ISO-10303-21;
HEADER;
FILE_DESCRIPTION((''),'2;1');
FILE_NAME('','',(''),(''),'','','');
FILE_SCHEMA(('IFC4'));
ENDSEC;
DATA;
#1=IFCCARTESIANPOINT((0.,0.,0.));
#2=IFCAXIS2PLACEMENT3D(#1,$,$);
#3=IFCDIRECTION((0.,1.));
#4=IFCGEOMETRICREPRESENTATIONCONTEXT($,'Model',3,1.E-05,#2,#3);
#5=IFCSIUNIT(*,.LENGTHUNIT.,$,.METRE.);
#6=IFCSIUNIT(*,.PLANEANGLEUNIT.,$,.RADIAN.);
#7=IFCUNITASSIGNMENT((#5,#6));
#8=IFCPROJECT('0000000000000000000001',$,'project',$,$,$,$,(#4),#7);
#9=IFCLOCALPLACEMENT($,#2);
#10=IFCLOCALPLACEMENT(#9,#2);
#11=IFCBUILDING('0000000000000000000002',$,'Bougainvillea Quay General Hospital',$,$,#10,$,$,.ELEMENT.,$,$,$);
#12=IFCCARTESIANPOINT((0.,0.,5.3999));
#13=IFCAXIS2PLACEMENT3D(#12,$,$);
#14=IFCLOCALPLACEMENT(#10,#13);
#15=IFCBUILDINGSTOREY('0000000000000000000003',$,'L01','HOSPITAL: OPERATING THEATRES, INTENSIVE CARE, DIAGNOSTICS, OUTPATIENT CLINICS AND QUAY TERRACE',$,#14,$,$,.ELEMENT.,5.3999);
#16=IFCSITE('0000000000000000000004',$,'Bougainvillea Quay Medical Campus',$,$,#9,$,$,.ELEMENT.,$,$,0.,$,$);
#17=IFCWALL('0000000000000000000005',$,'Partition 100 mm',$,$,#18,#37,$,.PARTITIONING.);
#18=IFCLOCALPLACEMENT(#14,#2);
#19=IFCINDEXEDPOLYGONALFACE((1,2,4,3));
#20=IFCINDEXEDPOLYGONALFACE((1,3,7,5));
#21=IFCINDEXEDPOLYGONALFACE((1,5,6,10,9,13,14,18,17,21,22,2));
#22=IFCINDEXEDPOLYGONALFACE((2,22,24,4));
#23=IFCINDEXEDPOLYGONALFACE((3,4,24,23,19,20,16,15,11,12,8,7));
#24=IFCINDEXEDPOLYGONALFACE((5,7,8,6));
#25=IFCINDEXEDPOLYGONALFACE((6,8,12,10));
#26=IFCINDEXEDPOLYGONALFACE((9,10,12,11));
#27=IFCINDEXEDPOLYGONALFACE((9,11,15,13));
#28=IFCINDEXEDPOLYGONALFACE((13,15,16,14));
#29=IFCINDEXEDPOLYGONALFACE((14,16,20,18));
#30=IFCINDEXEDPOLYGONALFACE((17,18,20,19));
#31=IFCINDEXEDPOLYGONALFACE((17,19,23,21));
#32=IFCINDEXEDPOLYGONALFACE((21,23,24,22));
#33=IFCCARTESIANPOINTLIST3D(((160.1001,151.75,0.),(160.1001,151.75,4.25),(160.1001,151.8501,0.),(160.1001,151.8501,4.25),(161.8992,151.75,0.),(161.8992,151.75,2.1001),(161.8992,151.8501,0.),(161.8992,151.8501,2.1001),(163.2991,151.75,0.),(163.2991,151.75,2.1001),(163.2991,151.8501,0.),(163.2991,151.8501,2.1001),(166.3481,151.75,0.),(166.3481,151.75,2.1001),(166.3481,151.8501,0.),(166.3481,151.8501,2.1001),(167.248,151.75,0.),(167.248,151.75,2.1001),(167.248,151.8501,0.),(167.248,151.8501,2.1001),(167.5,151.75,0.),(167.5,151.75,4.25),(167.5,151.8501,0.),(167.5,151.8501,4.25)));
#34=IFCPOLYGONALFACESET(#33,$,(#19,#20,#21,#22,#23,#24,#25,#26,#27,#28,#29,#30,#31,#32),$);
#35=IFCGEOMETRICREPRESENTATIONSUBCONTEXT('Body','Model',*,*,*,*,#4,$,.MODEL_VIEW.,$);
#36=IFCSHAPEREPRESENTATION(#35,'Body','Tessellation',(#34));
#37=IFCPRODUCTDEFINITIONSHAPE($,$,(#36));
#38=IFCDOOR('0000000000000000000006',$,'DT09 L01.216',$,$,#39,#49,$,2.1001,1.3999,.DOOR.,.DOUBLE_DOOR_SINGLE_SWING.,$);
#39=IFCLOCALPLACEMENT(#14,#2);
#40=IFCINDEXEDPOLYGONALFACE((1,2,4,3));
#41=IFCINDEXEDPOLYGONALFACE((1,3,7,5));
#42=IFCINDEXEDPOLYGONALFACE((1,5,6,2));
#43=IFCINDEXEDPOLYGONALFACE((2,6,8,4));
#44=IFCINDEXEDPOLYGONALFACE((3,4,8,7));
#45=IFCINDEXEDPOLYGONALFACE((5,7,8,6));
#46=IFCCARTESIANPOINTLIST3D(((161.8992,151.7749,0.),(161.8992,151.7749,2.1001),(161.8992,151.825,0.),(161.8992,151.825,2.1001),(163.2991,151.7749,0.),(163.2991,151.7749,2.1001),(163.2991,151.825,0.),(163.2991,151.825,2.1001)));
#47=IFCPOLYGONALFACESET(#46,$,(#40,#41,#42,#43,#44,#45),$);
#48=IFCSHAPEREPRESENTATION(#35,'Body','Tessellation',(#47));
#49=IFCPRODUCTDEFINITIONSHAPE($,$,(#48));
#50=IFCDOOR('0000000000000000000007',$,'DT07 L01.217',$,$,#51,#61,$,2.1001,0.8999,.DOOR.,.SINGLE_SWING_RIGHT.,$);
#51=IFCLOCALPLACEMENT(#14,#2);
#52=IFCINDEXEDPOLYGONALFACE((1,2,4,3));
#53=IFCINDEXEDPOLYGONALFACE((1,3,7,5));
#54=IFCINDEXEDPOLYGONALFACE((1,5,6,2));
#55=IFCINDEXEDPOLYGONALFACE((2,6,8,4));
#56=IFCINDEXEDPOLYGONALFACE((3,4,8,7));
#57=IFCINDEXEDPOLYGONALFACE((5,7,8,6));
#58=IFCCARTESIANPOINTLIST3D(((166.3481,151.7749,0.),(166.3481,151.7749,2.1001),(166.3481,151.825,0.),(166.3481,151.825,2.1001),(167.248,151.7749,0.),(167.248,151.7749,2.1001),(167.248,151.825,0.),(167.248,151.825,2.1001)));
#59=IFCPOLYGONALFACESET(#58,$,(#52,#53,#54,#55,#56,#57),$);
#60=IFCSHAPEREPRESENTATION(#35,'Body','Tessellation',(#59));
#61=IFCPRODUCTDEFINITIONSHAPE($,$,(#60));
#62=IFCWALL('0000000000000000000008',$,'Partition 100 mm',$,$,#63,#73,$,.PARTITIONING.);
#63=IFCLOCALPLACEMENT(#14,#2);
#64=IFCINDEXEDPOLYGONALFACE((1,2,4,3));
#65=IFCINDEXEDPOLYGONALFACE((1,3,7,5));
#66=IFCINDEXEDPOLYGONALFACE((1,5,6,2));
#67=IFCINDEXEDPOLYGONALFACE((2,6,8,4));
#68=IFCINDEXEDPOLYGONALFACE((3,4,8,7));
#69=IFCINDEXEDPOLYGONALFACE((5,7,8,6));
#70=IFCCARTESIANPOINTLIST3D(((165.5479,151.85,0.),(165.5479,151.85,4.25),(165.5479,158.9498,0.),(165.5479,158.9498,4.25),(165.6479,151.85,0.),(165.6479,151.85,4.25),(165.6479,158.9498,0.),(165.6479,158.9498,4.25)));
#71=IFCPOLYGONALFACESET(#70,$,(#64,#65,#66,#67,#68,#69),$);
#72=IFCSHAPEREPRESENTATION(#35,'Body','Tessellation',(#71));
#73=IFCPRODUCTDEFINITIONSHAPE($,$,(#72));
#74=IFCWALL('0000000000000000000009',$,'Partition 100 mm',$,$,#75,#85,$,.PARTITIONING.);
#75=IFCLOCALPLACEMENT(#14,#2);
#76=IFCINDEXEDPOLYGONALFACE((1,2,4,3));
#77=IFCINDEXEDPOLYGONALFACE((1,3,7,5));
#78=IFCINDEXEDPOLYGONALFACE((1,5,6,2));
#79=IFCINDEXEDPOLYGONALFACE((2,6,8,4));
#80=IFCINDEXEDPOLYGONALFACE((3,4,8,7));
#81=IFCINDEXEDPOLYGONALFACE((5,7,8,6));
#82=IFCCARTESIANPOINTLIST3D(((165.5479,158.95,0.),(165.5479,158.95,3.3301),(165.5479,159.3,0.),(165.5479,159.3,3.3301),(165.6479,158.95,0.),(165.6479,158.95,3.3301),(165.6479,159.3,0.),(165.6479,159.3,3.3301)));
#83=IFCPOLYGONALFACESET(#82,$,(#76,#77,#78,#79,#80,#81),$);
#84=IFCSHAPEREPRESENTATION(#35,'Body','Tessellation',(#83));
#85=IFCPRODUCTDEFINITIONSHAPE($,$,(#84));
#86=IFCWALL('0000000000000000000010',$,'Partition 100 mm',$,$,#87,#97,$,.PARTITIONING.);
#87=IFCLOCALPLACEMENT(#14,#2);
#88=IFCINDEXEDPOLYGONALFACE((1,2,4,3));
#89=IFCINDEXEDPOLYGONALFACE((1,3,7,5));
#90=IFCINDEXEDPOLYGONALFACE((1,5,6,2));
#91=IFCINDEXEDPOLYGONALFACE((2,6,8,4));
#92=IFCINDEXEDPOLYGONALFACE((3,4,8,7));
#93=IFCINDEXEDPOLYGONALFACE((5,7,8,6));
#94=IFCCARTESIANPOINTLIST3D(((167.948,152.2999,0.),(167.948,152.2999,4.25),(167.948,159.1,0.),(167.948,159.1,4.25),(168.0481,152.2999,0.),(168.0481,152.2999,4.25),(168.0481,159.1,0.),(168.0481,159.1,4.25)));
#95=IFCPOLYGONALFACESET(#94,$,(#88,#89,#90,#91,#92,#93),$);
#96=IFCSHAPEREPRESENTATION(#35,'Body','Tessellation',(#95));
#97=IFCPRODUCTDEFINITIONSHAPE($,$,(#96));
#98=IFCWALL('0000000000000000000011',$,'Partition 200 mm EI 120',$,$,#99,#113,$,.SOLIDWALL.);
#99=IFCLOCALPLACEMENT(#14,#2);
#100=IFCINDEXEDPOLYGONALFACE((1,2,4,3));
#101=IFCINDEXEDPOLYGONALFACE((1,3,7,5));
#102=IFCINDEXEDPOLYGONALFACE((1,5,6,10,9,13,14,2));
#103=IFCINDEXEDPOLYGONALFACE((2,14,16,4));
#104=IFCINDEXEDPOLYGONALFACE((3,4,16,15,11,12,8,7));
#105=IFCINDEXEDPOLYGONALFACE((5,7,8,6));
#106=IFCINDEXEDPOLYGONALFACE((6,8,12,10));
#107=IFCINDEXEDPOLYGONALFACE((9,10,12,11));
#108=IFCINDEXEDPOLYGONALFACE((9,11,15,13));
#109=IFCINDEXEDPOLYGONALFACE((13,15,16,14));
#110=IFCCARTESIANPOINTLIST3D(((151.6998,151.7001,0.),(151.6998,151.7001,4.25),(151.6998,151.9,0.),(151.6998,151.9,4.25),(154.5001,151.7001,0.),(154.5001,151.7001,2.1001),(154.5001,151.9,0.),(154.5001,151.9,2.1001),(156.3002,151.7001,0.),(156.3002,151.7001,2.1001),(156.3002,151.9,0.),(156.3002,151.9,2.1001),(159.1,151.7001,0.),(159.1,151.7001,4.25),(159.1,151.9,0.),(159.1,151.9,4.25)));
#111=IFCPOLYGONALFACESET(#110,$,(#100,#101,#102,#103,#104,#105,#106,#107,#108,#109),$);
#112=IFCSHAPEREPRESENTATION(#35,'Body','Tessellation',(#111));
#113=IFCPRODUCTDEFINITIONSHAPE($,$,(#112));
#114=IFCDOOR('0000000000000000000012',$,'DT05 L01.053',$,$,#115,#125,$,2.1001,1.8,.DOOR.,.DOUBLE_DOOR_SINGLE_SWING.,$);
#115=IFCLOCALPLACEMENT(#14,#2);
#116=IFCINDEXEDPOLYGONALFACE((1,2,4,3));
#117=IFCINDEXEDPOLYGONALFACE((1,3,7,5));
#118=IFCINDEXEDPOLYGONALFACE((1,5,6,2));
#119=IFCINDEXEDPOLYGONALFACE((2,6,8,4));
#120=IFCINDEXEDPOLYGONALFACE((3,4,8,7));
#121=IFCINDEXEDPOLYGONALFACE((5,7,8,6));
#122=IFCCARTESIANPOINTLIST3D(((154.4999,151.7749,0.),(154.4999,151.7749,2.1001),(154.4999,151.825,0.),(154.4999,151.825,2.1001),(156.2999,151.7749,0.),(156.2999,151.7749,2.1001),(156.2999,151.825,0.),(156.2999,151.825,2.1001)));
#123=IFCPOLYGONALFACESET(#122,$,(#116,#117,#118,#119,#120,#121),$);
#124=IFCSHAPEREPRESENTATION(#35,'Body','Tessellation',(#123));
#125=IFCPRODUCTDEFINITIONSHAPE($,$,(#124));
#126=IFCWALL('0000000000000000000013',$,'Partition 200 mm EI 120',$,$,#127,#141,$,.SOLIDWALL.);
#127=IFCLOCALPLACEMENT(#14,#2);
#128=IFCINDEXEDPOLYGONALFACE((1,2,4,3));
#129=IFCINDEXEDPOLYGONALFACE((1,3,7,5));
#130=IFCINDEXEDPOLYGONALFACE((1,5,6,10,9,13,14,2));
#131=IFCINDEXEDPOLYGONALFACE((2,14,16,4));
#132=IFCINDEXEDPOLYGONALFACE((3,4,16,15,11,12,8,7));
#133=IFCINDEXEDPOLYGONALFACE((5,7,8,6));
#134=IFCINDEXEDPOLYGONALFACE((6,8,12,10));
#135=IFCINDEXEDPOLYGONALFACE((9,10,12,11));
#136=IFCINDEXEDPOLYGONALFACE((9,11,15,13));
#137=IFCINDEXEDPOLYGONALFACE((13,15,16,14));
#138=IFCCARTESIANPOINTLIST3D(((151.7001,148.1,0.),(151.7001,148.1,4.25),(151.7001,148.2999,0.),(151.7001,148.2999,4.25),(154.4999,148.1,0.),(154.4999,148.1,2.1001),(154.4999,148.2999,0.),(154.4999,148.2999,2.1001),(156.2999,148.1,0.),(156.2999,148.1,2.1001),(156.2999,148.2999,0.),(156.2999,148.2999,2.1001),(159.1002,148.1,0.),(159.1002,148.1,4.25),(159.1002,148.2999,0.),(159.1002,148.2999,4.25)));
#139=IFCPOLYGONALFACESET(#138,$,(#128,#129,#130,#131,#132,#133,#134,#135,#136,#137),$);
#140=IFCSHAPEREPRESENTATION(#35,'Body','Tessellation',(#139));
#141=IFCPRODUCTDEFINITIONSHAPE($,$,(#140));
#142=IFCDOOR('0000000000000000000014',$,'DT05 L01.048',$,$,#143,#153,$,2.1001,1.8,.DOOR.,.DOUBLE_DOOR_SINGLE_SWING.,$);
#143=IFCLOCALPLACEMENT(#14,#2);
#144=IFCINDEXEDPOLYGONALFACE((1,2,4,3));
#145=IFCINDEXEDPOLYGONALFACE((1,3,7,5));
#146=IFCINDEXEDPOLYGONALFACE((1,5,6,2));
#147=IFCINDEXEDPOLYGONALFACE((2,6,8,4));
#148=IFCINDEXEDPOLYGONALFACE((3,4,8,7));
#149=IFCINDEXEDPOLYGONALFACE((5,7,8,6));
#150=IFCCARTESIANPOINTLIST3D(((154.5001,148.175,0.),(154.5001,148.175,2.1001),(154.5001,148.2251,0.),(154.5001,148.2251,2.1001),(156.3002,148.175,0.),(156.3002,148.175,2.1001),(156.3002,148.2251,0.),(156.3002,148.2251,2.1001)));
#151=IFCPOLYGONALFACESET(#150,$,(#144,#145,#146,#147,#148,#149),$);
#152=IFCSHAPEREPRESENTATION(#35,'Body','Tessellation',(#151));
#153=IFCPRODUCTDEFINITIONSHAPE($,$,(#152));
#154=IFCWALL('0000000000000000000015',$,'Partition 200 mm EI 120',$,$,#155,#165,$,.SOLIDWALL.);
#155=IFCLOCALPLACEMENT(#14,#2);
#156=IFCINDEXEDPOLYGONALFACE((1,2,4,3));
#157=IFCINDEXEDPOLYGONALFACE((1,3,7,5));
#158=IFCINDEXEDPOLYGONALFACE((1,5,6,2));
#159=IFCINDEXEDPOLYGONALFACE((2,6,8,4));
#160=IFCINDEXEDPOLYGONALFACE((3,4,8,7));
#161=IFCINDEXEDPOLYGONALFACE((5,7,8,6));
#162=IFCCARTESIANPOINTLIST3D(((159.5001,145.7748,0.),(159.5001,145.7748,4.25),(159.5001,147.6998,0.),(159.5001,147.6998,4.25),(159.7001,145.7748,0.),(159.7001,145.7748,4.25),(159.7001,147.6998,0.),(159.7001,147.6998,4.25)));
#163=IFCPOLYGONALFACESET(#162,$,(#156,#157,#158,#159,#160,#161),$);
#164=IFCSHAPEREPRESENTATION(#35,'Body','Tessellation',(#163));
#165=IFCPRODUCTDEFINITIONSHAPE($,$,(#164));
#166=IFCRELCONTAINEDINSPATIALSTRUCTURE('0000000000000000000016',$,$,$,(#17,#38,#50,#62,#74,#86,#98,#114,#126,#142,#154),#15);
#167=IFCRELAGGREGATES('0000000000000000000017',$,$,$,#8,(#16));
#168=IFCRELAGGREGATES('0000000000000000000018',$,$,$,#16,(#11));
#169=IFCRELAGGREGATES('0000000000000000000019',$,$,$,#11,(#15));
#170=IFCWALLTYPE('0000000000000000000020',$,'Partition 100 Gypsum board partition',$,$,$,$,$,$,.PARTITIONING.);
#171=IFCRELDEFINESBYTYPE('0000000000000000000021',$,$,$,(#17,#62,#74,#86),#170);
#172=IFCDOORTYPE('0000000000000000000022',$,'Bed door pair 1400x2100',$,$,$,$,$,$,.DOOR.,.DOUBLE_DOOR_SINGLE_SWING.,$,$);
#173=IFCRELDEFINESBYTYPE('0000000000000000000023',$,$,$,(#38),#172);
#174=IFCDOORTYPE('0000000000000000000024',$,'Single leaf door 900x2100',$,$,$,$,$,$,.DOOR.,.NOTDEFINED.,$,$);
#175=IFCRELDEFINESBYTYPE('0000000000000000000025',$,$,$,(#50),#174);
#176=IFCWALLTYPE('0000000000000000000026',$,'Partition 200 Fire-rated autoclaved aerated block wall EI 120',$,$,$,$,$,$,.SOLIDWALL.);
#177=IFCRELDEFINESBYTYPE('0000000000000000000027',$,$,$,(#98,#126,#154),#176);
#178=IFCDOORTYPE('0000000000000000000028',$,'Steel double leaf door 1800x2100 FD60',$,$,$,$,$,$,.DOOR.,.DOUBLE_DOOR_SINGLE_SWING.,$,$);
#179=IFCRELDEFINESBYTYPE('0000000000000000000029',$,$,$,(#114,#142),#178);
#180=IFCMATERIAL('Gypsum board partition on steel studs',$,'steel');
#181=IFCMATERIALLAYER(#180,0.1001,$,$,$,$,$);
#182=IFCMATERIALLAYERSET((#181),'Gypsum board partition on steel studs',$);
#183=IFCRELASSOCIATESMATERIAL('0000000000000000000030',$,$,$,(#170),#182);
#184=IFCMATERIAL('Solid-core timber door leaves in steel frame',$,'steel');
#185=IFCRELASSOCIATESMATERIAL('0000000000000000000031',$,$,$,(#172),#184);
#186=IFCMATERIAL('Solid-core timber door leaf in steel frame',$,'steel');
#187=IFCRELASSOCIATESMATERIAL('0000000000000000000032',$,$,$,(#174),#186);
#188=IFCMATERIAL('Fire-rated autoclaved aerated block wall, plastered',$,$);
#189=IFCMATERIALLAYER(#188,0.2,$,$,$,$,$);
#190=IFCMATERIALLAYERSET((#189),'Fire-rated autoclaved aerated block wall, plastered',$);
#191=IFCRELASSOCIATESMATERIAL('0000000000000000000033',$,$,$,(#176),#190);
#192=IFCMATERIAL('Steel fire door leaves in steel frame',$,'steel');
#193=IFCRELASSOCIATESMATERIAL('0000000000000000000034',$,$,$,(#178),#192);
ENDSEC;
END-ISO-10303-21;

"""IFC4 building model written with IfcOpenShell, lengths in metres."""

from ifc_helpers import new_model, si_unit, direction, frame, frame_2d, origin, place, context, subcontext, project, spatial, rectangle, extrude, material, layer, layer_set, type_object, element, fill, save


model = new_model("IFC4")

# Units and contexts
model_context = context("Model", 3, precision=1e-05, world=origin(), true_north=direction((0.0, 1.0)))
body_context = subcontext(model_context, "Body", "Model", "MODEL_VIEW")
ifc_project = project(units=[si_unit("LENGTHUNIT", "METRE"), si_unit("PLANEANGLEUNIT", "RADIAN")], contexts=[model_context])

# Site, building, storey
site_placement = place(None, origin())
site = spatial("IfcSite", under=ifc_project, at=site_placement, Name="Bougainvillea Quay Medical Campus", CompositionType="ELEMENT", RefElevation=0.0)
building_placement = place(site_placement, origin())
building = spatial("IfcBuilding", under=site, at=building_placement, Name="Bougainvillea Quay General Hospital", CompositionType="ELEMENT")
storey_placement = place(building_placement, frame((0.0, 0.0, 5.3999)))
storey = spatial("IfcBuildingStorey", under=building, at=storey_placement, Name="L01", Description="HOSPITAL: OPERATING THEATRES, INTENSIVE CARE, DIAGNOSTICS, OUTPATIENT CLINICS AND QUAY TERRACE", CompositionType="ELEMENT", Elevation=5.3999)

# Shared definitions
ifc_material_1 = material(Name="Gypsum board partition on steel studs", Category="steel")
ifc_layer_1 = layer(ifc_material_1, 0.1001)
ifc_layer_set_1 = layer_set([ifc_layer_1], Name="Gypsum board partition on steel studs")
wall_type_1 = type_object("IfcWallType", Name="Partition 100 Gypsum board partition", PredefinedType="PARTITIONING", material=ifc_layer_set_1)
ifc_material_2 = material(Name="Solid-core timber door leaves in steel frame", Category="steel")
door_type_1 = type_object("IfcDoorType", Name="Bed door pair 1400x2100", OperationType="DOUBLE_DOOR_SINGLE_SWING", PredefinedType="DOOR", material=ifc_material_2)

# Wall, openings, doors
wall_1_placement = place(storey_placement, frame((167.5, 151.8, 0.0), z_axis=(0.0, 0.0, 1.0), x_axis=(-1.0, 0.0, 0.0)))
wall_1 = element("IfcWall", 1, at=wall_1_placement, inside=storey, type_object=wall_type_1, Name="Partition 100 mm", PredefinedType="PARTITIONING", context=body_context, shape_type="SweptSolid", body=[
    extrude(rectangle(XDim=7.3999, YDim=0.1001, at=frame_2d((3.7, 0.0))), origin(), (0.0, 0.0, 1.0), 4.25),
])
opening_1_placement = place(wall_1_placement, frame((4.2009, 0.0, 0.0)))
opening_1 = element("IfcOpeningElement", 2, at=opening_1_placement, cuts=wall_1, PredefinedType="OPENING", context=body_context, shape_type="SweptSolid", body=[
    extrude(rectangle(XDim=1.3999, YDim=2.1001, at=frame_2d((0.7, 1.05))), frame((0.0, 0.0601, 0.0), z_axis=(0.0, -1.0, 0.0), x_axis=(1.0, 0.0, 0.0)), (0.0, 0.0, 1.0), 0.1201),
])
opening_2_placement = place(wall_1_placement, frame((0.252, 0.0, 0.0)))
opening_2 = element("IfcOpeningElement", 3, at=opening_2_placement, cuts=wall_1, PredefinedType="OPENING", context=body_context, shape_type="SweptSolid", body=[
    extrude(rectangle(XDim=0.8999, YDim=2.1001, at=frame_2d((0.45, 1.05))), frame((0.0, 0.0601, 0.0), z_axis=(0.0, -1.0, 0.0), x_axis=(1.0, 0.0, 0.0)), (0.0, 0.0, 1.0), 0.1201),
])
door_1_placement = place(opening_1_placement, frame((1.3999, 0.0, 0.0), z_axis=(0.0, 0.0, 1.0), x_axis=(-1.0, 0.0, 0.0)))
door_1 = element("IfcDoor", 4, at=door_1_placement, inside=storey, type_object=door_type_1, Name="DT09 L01.216", OperationType="DOUBLE_DOOR_SINGLE_SWING", OverallHeight=2.1001, OverallWidth=1.3999, PredefinedType="DOOR", context=body_context, shape_type="SweptSolid", body=[
    extrude(rectangle(XDim=1.3999, YDim=2.1001, at=frame_2d((0.7, 1.05))), frame((0.0, 0.0249, 0.0), z_axis=(0.0, -1.0, 0.0), x_axis=(1.0, 0.0, 0.0)), (0.0, 0.0, 1.0), 0.05),
])
fill(opening_1, door_1)
ifc_material_3 = material(Name="Solid-core timber door leaf in steel frame", Category="steel")
door_type_2 = type_object("IfcDoorType", Name="Single leaf door 900x2100", OperationType="NOTDEFINED", PredefinedType="DOOR", material=ifc_material_3)
door_2_placement = place(opening_2_placement, frame((0.8999, 0.0, 0.0), z_axis=(0.0, 0.0, 1.0), x_axis=(-1.0, 0.0, 0.0)))
door_2 = element("IfcDoor", 5, at=door_2_placement, inside=storey, type_object=door_type_2, Name="DT07 L01.217", OperationType="SINGLE_SWING_RIGHT", OverallHeight=2.1001, OverallWidth=0.8999, PredefinedType="DOOR", context=body_context, shape_type="SweptSolid", body=[
    extrude(rectangle(XDim=0.8999, YDim=2.1001, at=frame_2d((0.45, 1.05))), frame((0.0, 0.0249, 0.0), z_axis=(0.0, -1.0, 0.0), x_axis=(1.0, 0.0, 0.0)), (0.0, 0.0, 1.0), 0.05),
])
fill(opening_2, door_2)

# Walls
wall_2_placement = place(storey_placement, frame((165.5979, 151.8501, 0.0), z_axis=(0.0, 0.0, 1.0), x_axis=(0.0, 1.0, 0.0)))
element("IfcWall", 6, at=wall_2_placement, inside=storey, type_object=wall_type_1, Name="Partition 100 mm", PredefinedType="PARTITIONING", context=body_context, shape_type="SweptSolid", body=[
    extrude(rectangle(XDim=7.0999, YDim=0.1001, at=frame_2d((3.5498, 0.0))), origin(), (0.0, 0.0, 1.0), 4.25),
])
wall_3_placement = place(storey_placement, frame((165.5979, 158.95, 0.0), z_axis=(0.0, 0.0, 1.0), x_axis=(0.0, 1.0, 0.0)))
element("IfcWall", 7, at=wall_3_placement, inside=storey, type_object=wall_type_1, Name="Partition 100 mm", PredefinedType="PARTITIONING", context=body_context, shape_type="SweptSolid", body=[
    extrude(rectangle(XDim=0.3501, YDim=0.1001, at=frame_2d((0.175, 0.0))), origin(), (0.0, 0.0, 1.0), 3.3301),
])
wall_4_placement = place(storey_placement, frame((167.998, 152.3, 0.0), z_axis=(0.0, 0.0, 1.0), x_axis=(0.0, 1.0, 0.0)))
element("IfcWall", 8, at=wall_4_placement, inside=storey, type_object=wall_type_1, Name="Partition 100 mm", PredefinedType="PARTITIONING", context=body_context, shape_type="SweptSolid", body=[
    extrude(rectangle(XDim=6.8, YDim=0.1001, at=frame_2d((3.3999, 0.0))), origin(), (0.0, 0.0, 1.0), 4.25),
])

# Walls, openings, doors
ifc_material_4 = material(Name="Fire-rated autoclaved aerated block wall, plastered")
ifc_layer_2 = layer(ifc_material_4, 0.2)
ifc_layer_set_2 = layer_set([ifc_layer_2], Name="Fire-rated autoclaved aerated block wall, plastered")
wall_type_2 = type_object("IfcWallType", Name="Partition 200 Fire-rated autoclaved aerated block wall EI 120", PredefinedType="SOLIDWALL", material=ifc_layer_set_2)
wall_5_placement = place(storey_placement, frame((159.1001, 151.8, 0.0), z_axis=(0.0, 0.0, 1.0), x_axis=(-1.0, 0.0, 0.0)))
wall_5 = element("IfcWall", 9, at=wall_5_placement, inside=storey, type_object=wall_type_2, Name="Partition 200 mm EI 120", PredefinedType="SOLIDWALL", context=body_context, shape_type="SweptSolid", body=[
    extrude(rectangle(XDim=7.4001, YDim=0.2, at=frame_2d((3.7002, 0.0))), origin(), (0.0, 0.0, 1.0), 4.25),
])
opening_3_placement = place(wall_5_placement, frame((2.8, 0.0, 0.0)))
opening_3 = element("IfcOpeningElement", 10, at=opening_3_placement, cuts=wall_5, PredefinedType="OPENING", context=body_context, shape_type="SweptSolid", body=[
    extrude(rectangle(XDim=1.8, YDim=2.1001, at=frame_2d((0.8999, 1.05))), frame((0.0, 0.1099, 0.0), z_axis=(0.0, -1.0, 0.0), x_axis=(1.0, 0.0, 0.0)), (0.0, 0.0, 1.0), 0.22),
])
ifc_material_5 = material(Name="Steel fire door leaves in steel frame", Category="steel")
door_type_3 = type_object("IfcDoorType", Name="Steel double leaf door 1800x2100 FD60", OperationType="DOUBLE_DOOR_SINGLE_SWING", PredefinedType="DOOR", material=ifc_material_5)
door_3_placement = place(opening_3_placement, frame((1.8, 0.0, 0.0), z_axis=(0.0, 0.0, 1.0), x_axis=(-1.0, 0.0, 0.0)))
door_3 = element("IfcDoor", 11, at=door_3_placement, inside=storey, type_object=door_type_3, Name="DT05 L01.053", OperationType="DOUBLE_DOOR_SINGLE_SWING", OverallHeight=2.1001, OverallWidth=1.8, PredefinedType="DOOR", context=body_context, shape_type="SweptSolid", body=[
    extrude(rectangle(XDim=1.8, YDim=2.1001, at=frame_2d((0.8999, 1.05))), frame((0.0, 0.0249, 0.0), z_axis=(0.0, -1.0, 0.0), x_axis=(1.0, 0.0, 0.0)), (0.0, 0.0, 1.0), 0.05),
])
fill(opening_3, door_3)
wall_6_placement = place(storey_placement, frame((151.7, 148.2, 0.0), z_axis=(0.0, 0.0, 1.0), x_axis=(1.0, 0.0, 0.0)))
wall_6 = element("IfcWall", 12, at=wall_6_placement, inside=storey, type_object=wall_type_2, Name="Partition 200 mm EI 120", PredefinedType="SOLIDWALL", context=body_context, shape_type="SweptSolid", body=[
    extrude(rectangle(XDim=7.4001, YDim=0.2, at=frame_2d((3.7002, 0.0))), origin(), (0.0, 0.0, 1.0), 4.25),
])
opening_4_placement = place(wall_6_placement, frame((2.8, 0.0, 0.0)))
opening_4 = element("IfcOpeningElement", 13, at=opening_4_placement, cuts=wall_6, PredefinedType="OPENING", context=body_context, shape_type="SweptSolid", body=[
    extrude(rectangle(XDim=1.8, YDim=2.1001, at=frame_2d((0.8999, 1.05))), frame((0.0, 0.1099, 0.0), z_axis=(0.0, -1.0, 0.0), x_axis=(1.0, 0.0, 0.0)), (0.0, 0.0, 1.0), 0.22),
])
door_4_placement = place(opening_4_placement, frame((1.8, 0.0, 0.0), z_axis=(0.0, 0.0, 1.0), x_axis=(-1.0, 0.0, 0.0)))
door_4 = element("IfcDoor", 14, at=door_4_placement, inside=storey, type_object=door_type_3, Name="DT05 L01.048", OperationType="DOUBLE_DOOR_SINGLE_SWING", OverallHeight=2.1001, OverallWidth=1.8, PredefinedType="DOOR", context=body_context, shape_type="SweptSolid", body=[
    extrude(rectangle(XDim=1.8, YDim=2.1001, at=frame_2d((0.8999, 1.05))), frame((0.0, 0.0249, 0.0), z_axis=(0.0, -1.0, 0.0), x_axis=(1.0, 0.0, 0.0)), (0.0, 0.0, 1.0), 0.05),
])
fill(opening_4, door_4)

# Wall
wall_7_placement = place(storey_placement, frame((159.6001, 145.7749, 0.0), z_axis=(0.0, 0.0, 1.0), x_axis=(0.0, 1.0, 0.0)))
element("IfcWall", 15, at=wall_7_placement, inside=storey, type_object=wall_type_2, Name="Partition 200 mm EI 120", PredefinedType="SOLIDWALL", context=body_context, shape_type="SweptSolid", body=[
    extrude(rectangle(XDim=1.925, YDim=0.2, at=frame_2d((0.9624, 0.0))), origin(), (0.0, 0.0, 1.0), 4.25),
])

save(model, "model.ifc")
